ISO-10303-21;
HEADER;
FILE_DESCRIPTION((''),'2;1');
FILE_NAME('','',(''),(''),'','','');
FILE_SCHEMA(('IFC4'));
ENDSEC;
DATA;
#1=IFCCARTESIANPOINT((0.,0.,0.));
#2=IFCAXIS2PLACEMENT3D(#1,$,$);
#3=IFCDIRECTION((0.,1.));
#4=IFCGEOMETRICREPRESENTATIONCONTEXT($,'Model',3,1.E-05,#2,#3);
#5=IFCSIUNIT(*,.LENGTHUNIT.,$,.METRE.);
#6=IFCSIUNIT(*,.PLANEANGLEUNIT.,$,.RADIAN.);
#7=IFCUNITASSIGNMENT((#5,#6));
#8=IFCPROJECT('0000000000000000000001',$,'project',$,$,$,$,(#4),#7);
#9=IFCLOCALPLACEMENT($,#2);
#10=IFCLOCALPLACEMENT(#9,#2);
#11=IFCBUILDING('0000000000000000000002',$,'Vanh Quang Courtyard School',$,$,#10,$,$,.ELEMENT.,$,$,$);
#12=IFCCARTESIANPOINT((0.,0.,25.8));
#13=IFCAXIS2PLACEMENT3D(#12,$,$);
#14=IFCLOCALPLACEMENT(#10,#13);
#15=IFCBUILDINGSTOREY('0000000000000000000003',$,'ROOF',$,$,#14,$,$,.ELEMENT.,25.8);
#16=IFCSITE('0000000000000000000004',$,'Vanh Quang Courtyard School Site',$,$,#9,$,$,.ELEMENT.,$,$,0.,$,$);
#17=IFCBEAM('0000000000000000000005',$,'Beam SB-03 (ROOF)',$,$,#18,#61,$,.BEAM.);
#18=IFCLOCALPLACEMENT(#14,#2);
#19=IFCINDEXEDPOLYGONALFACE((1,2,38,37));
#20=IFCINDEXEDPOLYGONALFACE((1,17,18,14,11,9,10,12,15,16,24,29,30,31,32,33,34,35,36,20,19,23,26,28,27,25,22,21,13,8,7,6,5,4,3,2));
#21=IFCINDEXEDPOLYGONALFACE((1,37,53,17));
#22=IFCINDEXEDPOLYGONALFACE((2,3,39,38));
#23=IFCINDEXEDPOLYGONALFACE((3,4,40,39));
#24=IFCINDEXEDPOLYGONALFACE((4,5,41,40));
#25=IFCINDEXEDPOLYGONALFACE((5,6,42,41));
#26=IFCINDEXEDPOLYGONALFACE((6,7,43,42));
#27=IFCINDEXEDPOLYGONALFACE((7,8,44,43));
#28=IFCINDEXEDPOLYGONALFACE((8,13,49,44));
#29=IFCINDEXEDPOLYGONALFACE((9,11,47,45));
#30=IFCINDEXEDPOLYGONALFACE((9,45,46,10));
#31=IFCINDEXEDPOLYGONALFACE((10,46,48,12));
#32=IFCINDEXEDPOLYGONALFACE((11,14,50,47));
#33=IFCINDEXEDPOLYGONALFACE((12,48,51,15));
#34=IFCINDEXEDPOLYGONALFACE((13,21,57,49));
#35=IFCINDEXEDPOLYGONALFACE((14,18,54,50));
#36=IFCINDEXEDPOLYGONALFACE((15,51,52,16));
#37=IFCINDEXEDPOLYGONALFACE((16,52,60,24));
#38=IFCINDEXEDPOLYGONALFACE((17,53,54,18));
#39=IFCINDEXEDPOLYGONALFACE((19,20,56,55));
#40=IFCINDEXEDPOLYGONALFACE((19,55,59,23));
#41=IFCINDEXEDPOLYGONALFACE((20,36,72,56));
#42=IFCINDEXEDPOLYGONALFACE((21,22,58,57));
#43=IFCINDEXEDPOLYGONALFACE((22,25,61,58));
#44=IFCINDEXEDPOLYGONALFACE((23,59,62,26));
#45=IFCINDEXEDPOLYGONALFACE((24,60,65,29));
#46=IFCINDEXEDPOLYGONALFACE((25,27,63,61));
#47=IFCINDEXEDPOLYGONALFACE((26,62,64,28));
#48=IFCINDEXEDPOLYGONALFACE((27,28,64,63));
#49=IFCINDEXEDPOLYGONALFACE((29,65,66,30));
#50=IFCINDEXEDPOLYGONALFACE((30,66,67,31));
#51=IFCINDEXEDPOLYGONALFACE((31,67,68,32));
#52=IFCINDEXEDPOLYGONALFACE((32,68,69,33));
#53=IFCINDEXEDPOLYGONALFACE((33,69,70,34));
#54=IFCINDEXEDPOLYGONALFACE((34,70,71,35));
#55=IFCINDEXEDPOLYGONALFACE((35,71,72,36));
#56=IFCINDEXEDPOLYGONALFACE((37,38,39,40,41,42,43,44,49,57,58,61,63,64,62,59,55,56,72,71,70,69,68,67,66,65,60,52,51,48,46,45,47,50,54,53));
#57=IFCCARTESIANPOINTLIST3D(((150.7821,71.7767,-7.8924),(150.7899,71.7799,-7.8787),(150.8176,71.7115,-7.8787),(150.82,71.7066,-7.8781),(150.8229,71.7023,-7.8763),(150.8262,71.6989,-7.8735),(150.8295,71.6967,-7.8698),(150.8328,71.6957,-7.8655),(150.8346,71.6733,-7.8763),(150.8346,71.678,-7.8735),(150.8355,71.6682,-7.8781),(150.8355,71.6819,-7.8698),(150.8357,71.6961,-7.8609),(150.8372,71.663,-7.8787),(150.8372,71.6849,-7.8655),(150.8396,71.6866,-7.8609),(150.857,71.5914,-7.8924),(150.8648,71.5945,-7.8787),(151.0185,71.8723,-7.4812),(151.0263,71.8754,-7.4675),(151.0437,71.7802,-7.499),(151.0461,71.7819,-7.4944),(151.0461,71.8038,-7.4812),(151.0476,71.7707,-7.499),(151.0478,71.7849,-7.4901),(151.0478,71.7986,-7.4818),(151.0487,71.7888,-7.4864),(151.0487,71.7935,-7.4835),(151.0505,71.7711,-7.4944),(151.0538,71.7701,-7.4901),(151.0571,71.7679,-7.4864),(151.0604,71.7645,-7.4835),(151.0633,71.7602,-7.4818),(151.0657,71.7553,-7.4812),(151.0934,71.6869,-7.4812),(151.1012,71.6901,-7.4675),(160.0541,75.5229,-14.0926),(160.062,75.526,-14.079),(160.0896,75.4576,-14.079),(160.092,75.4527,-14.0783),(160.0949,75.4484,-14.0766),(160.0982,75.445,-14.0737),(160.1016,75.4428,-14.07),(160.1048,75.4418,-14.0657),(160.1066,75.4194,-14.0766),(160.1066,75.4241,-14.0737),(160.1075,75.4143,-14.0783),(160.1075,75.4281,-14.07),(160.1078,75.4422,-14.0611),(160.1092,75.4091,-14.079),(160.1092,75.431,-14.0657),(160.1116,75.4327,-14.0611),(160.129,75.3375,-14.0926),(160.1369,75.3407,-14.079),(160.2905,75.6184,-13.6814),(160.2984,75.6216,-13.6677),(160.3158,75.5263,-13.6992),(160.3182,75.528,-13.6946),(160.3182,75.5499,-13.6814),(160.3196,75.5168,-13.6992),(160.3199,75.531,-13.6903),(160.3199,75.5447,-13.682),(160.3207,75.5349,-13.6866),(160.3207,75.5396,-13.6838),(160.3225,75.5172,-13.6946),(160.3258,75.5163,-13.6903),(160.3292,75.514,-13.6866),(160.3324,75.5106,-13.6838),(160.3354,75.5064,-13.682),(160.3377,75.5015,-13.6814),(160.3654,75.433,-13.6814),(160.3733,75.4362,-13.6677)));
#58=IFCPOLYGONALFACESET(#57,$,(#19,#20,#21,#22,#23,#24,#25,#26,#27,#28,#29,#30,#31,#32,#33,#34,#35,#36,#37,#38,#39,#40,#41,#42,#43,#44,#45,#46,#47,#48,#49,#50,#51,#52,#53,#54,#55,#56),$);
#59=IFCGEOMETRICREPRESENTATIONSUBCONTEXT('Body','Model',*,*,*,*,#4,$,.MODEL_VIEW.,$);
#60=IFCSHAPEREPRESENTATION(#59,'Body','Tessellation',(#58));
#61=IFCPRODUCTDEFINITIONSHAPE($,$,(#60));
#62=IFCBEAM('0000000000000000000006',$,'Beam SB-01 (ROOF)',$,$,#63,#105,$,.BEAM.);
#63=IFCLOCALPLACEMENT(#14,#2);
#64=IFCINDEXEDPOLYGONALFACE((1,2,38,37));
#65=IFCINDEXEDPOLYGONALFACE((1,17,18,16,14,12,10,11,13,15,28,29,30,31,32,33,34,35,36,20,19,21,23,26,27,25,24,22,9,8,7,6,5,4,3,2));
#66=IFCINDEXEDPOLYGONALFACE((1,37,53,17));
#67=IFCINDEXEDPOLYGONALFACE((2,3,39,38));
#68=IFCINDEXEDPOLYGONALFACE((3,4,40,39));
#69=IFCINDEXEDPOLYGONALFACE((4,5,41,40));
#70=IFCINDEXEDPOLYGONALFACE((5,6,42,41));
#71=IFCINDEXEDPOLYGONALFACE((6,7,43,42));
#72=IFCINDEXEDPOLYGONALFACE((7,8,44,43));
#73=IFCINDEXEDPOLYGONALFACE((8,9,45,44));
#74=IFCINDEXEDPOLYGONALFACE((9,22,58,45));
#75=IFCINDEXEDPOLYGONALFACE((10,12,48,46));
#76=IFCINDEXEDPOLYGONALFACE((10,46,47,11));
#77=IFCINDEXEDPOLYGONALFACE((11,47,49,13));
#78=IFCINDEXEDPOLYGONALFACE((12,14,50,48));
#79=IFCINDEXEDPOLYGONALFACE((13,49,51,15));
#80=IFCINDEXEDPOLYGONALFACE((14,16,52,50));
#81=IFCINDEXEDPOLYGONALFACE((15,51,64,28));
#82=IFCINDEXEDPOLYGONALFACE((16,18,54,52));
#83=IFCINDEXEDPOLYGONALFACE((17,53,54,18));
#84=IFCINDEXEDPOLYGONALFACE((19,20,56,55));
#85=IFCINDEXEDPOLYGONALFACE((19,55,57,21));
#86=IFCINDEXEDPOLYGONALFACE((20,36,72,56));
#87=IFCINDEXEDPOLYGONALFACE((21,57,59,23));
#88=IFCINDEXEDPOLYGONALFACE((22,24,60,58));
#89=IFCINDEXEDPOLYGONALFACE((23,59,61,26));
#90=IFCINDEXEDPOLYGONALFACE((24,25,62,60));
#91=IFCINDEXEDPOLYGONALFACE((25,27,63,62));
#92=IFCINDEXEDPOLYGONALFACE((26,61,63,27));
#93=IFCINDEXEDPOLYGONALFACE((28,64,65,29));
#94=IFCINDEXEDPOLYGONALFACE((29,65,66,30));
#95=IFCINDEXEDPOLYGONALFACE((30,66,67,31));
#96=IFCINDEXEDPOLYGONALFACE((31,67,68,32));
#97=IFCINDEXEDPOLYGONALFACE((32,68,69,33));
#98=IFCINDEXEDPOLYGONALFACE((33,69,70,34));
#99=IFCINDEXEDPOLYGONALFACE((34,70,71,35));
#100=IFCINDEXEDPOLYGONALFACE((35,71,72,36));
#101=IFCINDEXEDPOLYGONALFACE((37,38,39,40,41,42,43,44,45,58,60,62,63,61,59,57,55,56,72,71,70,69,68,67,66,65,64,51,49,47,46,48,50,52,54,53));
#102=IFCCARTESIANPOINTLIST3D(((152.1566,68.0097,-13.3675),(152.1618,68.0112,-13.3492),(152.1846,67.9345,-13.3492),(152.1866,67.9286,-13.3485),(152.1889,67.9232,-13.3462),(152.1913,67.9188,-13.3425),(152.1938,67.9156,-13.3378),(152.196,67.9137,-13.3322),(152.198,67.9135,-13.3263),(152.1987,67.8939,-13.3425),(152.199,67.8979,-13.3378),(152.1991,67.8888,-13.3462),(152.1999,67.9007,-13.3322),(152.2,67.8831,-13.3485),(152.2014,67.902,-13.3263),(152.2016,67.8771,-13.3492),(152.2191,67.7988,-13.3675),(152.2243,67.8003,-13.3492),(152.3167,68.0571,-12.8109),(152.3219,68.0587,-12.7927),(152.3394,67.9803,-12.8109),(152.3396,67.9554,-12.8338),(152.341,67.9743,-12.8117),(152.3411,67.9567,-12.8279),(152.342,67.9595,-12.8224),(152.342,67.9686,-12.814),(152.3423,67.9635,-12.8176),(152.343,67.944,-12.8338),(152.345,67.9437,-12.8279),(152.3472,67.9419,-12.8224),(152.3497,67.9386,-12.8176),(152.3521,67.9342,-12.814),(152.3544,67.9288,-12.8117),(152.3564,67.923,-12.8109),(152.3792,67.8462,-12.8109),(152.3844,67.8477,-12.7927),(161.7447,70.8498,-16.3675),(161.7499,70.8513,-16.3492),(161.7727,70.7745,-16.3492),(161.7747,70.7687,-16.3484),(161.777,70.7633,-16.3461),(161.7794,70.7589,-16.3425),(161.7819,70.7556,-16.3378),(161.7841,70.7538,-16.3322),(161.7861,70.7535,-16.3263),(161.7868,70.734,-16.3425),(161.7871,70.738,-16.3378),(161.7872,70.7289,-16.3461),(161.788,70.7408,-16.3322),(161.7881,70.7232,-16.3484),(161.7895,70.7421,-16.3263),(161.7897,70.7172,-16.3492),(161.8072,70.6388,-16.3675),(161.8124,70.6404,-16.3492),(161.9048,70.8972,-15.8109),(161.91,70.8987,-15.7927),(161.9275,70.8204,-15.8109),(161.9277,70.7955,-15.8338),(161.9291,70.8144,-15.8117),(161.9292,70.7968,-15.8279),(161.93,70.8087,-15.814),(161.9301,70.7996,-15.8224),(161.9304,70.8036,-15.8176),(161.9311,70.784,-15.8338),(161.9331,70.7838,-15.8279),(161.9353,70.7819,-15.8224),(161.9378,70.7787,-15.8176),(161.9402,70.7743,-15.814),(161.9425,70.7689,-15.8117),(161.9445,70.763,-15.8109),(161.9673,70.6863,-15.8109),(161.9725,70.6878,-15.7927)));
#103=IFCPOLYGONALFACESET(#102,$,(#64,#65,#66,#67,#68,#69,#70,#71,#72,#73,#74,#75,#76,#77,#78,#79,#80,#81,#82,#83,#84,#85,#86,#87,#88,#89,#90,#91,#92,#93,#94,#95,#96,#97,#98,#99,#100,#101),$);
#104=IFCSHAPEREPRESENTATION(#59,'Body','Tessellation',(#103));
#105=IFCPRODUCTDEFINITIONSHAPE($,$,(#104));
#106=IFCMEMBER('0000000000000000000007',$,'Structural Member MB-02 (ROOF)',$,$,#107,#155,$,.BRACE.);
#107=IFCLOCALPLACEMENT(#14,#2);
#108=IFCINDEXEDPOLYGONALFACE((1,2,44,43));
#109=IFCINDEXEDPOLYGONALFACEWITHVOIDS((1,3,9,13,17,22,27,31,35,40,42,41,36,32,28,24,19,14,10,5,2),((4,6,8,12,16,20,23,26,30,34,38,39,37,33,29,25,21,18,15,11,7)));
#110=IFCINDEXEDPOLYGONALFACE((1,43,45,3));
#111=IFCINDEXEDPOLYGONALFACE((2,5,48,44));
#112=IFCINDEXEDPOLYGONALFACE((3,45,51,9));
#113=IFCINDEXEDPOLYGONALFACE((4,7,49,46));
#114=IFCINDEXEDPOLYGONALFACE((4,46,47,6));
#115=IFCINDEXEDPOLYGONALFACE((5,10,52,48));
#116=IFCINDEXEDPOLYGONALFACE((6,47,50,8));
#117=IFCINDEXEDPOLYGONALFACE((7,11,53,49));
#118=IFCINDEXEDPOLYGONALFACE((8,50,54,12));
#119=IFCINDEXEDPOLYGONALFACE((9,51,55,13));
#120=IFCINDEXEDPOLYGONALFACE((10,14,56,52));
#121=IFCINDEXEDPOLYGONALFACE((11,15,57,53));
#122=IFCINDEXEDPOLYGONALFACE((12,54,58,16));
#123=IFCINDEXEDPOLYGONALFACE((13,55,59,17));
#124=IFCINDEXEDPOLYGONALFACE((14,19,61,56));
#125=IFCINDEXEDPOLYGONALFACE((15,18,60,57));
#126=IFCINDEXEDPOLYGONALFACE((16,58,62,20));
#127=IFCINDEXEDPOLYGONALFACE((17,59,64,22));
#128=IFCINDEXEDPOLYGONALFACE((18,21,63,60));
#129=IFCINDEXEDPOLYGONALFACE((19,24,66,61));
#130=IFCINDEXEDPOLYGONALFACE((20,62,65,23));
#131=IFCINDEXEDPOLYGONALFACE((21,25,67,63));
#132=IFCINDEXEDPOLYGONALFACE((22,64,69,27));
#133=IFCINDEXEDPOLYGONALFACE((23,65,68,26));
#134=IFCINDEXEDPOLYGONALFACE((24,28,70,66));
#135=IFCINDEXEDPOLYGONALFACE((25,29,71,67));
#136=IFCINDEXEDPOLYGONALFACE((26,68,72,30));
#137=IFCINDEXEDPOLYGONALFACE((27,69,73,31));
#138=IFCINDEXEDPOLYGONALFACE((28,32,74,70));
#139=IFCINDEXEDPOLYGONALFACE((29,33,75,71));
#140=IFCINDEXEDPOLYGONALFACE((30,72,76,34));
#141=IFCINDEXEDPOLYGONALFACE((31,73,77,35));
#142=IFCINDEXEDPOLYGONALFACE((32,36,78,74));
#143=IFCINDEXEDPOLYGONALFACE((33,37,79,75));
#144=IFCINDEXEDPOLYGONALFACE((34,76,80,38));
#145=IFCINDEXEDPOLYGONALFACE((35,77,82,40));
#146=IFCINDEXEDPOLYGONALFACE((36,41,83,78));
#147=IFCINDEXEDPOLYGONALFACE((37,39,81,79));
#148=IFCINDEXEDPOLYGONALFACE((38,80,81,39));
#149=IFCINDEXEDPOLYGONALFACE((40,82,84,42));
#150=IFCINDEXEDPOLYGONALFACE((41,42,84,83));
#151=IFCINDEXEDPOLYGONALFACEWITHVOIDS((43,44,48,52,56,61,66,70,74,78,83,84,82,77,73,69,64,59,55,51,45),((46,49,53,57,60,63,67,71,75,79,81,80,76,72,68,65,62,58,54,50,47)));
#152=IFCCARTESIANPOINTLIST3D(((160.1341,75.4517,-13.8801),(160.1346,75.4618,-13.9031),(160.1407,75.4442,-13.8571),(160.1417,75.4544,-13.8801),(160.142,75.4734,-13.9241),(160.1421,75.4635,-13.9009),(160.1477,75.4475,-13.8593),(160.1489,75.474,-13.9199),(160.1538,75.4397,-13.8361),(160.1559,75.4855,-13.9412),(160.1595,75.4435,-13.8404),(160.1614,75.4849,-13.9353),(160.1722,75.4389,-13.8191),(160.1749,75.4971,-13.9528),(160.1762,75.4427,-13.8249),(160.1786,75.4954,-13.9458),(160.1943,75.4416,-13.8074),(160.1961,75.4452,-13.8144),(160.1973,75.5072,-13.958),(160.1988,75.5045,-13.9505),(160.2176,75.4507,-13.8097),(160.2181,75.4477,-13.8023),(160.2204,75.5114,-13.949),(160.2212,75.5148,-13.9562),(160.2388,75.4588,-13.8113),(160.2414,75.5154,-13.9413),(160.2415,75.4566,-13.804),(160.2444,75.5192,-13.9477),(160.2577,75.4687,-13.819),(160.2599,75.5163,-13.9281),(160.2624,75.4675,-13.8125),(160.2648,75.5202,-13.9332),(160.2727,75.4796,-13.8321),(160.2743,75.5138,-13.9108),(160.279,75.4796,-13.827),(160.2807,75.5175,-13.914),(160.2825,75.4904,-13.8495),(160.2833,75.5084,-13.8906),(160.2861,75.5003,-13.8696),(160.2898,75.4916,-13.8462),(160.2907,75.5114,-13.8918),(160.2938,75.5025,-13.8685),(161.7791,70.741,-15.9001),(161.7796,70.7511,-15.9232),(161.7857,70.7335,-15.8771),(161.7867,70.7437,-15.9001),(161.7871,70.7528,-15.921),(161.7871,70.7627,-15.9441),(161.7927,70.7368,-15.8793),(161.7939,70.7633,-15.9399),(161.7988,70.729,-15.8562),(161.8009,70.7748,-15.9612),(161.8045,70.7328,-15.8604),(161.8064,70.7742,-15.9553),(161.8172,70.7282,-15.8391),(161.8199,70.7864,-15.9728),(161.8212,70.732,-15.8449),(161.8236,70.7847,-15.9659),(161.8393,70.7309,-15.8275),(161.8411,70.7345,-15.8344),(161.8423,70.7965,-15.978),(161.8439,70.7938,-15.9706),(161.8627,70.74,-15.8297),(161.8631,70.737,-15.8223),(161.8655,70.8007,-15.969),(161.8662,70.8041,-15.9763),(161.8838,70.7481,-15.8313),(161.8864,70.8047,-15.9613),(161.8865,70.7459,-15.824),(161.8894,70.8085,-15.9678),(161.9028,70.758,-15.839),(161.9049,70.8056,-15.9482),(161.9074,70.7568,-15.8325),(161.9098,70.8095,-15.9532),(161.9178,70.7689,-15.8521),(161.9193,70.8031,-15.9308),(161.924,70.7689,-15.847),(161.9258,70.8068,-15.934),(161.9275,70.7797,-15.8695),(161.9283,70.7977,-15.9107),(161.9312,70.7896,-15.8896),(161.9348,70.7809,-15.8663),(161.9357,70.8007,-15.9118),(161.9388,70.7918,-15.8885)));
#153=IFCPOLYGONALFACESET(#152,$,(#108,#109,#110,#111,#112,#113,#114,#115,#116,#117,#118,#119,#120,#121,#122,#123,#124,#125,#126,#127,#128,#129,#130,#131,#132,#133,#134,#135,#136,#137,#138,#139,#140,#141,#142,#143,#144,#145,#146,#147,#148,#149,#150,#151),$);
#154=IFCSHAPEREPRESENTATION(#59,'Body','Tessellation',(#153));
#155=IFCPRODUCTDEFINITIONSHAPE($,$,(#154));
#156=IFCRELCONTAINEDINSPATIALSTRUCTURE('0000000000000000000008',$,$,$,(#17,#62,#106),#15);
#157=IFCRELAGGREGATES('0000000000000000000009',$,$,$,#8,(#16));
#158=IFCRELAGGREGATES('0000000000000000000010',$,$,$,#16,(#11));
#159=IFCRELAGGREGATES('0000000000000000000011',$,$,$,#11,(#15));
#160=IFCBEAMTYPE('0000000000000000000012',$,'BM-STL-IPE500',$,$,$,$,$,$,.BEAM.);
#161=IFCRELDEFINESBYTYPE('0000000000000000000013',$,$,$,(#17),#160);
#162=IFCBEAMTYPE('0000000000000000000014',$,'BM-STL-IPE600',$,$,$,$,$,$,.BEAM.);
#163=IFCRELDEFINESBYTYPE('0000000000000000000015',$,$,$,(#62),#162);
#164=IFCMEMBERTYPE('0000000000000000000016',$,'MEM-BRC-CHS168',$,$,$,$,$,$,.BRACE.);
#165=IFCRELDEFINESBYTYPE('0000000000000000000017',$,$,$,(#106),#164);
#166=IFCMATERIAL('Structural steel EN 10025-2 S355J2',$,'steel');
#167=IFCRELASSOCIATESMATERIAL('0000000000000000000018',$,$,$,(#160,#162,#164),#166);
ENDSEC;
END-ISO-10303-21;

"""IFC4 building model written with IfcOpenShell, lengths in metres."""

from ifc_helpers import new_model, si_unit, direction, frame, origin, origin_2d, place, context, subcontext, project, spatial, hollow_circle, i_section, extrude, material, material_profile, profile_set, type_object, element, save


model = new_model("IFC4")

# Units and contexts
model_context = context("Model", 3, precision=1e-05, world=origin(), true_north=direction((0.0, 1.0)))
body_context = subcontext(model_context, "Body", "Model", "MODEL_VIEW")
ifc_project = project(units=[si_unit("LENGTHUNIT", "METRE"), si_unit("PLANEANGLEUNIT", "RADIAN")], contexts=[model_context])

# Site, building, storey
site_placement = place(None, origin())
site = spatial("IfcSite", under=ifc_project, at=site_placement, Name="Vanh Quang Courtyard School Site", CompositionType="ELEMENT", RefElevation=0.0)
building_placement = place(site_placement, origin())
building = spatial("IfcBuilding", under=site, at=building_placement, Name="Vanh Quang Courtyard School", CompositionType="ELEMENT")
storey_placement = place(building_placement, frame((0.0, 0.0, 25.8)))
storey = spatial("IfcBuildingStorey", under=building, at=storey_placement, Name="ROOF", CompositionType="ELEMENT", Elevation=25.8)

# Beams
ifc_material_1 = material(Name="Structural steel EN 10025-2 S355J2", Category="steel")
ifc_material_profile_1 = material_profile(ifc_material_1, i_section(OverallWidth=0.2, OverallDepth=0.5, WebThickness=0.0103, FlangeThickness=0.0161, FilletRadius=0.021, at=origin_2d()), Name="IPE 500")
ifc_profile_set_1 = profile_set([ifc_material_profile_1], Name="Structural steel EN 10025-2 S355J2")
beam_type_1 = type_object("IfcBeamType", Name="BM-STL-IPE500", PredefinedType="BEAM", material=ifc_profile_set_1)
beam_1_placement = place(storey_placement, frame((150.9417, 71.7334, -7.6799), z_axis=(0.788013, 0.318376, -0.526947), x_axis=(-0.374604, 0.927185, 0.0)))
element("IfcBeam", 1, at=beam_1_placement, inside=storey, type_object=beam_type_1, Name="Beam SB-03 (ROOF)", PredefinedType="BEAM", context=body_context, shape_type="SweptSolid", body=[
    extrude(i_section(OverallWidth=0.2, OverallDepth=0.5, WebThickness=0.0103, FlangeThickness=0.0161, FilletRadius=0.021, at=origin_2d()), origin(), (0.0, 0.0, 1.0), 11.7664),
])
ifc_material_profile_2 = material_profile(ifc_material_1, i_section(OverallWidth=0.22, OverallDepth=0.6001, WebThickness=0.012, FlangeThickness=0.019, FilletRadius=0.0239, at=origin_2d()), Name="IPE 600")
ifc_profile_set_2 = profile_set([ifc_material_profile_2], Name="Structural steel EN 10025-2 S355J2")
beam_type_2 = type_object("IfcBeamType", Name="BM-STL-IPE600", PredefinedType="BEAM", material=ifc_profile_set_2)
beam_2_placement = place(storey_placement, frame((152.2705, 67.9287, -13.0801), z_axis=(0.918383, 0.272033, -0.28735), x_axis=(-0.284011, 0.958821, 0.0)))
element("IfcBeam", 2, at=beam_2_placement, inside=storey, type_object=beam_type_2, Name="Beam SB-01 (ROOF)", PredefinedType="BEAM", context=body_context, shape_type="SweptSolid", body=[
    extrude(i_section(OverallWidth=0.22, OverallDepth=0.6001, WebThickness=0.012, FlangeThickness=0.019, FilletRadius=0.0239, at=origin_2d()), origin(), (0.0, 0.0, 1.0), 10.4402),
])

# Member
ifc_material_profile_3 = material_profile(ifc_material_1, hollow_circle(Radius=0.0842, WallThickness=0.0081, at=origin_2d()), Name="CHS 168.3x8")
ifc_profile_set_3 = profile_set([ifc_material_profile_3], Name="Structural steel EN 10025-2 S355J2")
member_type_1 = type_object("IfcMemberType", Name="MEM-BRC-CHS168", PredefinedType="BRACE", material=ifc_profile_set_3)
for number, where, z_axis, x_axis, name in (
    (3, (161.8586, 70.7688, -15.9001), (-0.305593, 0.875098, 0.375256), (-0.944091, -0.329686, 0.0), "Structural Member MB-02 (ROOF)"),
):
    element("IfcMember", number, at=place(storey_placement, frame(where, z_axis=z_axis, x_axis=x_axis)), inside=storey, type_object=member_type_1, Name=name, PredefinedType="BRACE", context=body_context, shape_type="SweptSolid", body=[
        extrude(hollow_circle(Radius=0.0842, WallThickness=0.0081, at=origin_2d()), origin(), (0.0, 0.0, 1.0), 5.3831),
    ])

save(model, "model.ifc")
